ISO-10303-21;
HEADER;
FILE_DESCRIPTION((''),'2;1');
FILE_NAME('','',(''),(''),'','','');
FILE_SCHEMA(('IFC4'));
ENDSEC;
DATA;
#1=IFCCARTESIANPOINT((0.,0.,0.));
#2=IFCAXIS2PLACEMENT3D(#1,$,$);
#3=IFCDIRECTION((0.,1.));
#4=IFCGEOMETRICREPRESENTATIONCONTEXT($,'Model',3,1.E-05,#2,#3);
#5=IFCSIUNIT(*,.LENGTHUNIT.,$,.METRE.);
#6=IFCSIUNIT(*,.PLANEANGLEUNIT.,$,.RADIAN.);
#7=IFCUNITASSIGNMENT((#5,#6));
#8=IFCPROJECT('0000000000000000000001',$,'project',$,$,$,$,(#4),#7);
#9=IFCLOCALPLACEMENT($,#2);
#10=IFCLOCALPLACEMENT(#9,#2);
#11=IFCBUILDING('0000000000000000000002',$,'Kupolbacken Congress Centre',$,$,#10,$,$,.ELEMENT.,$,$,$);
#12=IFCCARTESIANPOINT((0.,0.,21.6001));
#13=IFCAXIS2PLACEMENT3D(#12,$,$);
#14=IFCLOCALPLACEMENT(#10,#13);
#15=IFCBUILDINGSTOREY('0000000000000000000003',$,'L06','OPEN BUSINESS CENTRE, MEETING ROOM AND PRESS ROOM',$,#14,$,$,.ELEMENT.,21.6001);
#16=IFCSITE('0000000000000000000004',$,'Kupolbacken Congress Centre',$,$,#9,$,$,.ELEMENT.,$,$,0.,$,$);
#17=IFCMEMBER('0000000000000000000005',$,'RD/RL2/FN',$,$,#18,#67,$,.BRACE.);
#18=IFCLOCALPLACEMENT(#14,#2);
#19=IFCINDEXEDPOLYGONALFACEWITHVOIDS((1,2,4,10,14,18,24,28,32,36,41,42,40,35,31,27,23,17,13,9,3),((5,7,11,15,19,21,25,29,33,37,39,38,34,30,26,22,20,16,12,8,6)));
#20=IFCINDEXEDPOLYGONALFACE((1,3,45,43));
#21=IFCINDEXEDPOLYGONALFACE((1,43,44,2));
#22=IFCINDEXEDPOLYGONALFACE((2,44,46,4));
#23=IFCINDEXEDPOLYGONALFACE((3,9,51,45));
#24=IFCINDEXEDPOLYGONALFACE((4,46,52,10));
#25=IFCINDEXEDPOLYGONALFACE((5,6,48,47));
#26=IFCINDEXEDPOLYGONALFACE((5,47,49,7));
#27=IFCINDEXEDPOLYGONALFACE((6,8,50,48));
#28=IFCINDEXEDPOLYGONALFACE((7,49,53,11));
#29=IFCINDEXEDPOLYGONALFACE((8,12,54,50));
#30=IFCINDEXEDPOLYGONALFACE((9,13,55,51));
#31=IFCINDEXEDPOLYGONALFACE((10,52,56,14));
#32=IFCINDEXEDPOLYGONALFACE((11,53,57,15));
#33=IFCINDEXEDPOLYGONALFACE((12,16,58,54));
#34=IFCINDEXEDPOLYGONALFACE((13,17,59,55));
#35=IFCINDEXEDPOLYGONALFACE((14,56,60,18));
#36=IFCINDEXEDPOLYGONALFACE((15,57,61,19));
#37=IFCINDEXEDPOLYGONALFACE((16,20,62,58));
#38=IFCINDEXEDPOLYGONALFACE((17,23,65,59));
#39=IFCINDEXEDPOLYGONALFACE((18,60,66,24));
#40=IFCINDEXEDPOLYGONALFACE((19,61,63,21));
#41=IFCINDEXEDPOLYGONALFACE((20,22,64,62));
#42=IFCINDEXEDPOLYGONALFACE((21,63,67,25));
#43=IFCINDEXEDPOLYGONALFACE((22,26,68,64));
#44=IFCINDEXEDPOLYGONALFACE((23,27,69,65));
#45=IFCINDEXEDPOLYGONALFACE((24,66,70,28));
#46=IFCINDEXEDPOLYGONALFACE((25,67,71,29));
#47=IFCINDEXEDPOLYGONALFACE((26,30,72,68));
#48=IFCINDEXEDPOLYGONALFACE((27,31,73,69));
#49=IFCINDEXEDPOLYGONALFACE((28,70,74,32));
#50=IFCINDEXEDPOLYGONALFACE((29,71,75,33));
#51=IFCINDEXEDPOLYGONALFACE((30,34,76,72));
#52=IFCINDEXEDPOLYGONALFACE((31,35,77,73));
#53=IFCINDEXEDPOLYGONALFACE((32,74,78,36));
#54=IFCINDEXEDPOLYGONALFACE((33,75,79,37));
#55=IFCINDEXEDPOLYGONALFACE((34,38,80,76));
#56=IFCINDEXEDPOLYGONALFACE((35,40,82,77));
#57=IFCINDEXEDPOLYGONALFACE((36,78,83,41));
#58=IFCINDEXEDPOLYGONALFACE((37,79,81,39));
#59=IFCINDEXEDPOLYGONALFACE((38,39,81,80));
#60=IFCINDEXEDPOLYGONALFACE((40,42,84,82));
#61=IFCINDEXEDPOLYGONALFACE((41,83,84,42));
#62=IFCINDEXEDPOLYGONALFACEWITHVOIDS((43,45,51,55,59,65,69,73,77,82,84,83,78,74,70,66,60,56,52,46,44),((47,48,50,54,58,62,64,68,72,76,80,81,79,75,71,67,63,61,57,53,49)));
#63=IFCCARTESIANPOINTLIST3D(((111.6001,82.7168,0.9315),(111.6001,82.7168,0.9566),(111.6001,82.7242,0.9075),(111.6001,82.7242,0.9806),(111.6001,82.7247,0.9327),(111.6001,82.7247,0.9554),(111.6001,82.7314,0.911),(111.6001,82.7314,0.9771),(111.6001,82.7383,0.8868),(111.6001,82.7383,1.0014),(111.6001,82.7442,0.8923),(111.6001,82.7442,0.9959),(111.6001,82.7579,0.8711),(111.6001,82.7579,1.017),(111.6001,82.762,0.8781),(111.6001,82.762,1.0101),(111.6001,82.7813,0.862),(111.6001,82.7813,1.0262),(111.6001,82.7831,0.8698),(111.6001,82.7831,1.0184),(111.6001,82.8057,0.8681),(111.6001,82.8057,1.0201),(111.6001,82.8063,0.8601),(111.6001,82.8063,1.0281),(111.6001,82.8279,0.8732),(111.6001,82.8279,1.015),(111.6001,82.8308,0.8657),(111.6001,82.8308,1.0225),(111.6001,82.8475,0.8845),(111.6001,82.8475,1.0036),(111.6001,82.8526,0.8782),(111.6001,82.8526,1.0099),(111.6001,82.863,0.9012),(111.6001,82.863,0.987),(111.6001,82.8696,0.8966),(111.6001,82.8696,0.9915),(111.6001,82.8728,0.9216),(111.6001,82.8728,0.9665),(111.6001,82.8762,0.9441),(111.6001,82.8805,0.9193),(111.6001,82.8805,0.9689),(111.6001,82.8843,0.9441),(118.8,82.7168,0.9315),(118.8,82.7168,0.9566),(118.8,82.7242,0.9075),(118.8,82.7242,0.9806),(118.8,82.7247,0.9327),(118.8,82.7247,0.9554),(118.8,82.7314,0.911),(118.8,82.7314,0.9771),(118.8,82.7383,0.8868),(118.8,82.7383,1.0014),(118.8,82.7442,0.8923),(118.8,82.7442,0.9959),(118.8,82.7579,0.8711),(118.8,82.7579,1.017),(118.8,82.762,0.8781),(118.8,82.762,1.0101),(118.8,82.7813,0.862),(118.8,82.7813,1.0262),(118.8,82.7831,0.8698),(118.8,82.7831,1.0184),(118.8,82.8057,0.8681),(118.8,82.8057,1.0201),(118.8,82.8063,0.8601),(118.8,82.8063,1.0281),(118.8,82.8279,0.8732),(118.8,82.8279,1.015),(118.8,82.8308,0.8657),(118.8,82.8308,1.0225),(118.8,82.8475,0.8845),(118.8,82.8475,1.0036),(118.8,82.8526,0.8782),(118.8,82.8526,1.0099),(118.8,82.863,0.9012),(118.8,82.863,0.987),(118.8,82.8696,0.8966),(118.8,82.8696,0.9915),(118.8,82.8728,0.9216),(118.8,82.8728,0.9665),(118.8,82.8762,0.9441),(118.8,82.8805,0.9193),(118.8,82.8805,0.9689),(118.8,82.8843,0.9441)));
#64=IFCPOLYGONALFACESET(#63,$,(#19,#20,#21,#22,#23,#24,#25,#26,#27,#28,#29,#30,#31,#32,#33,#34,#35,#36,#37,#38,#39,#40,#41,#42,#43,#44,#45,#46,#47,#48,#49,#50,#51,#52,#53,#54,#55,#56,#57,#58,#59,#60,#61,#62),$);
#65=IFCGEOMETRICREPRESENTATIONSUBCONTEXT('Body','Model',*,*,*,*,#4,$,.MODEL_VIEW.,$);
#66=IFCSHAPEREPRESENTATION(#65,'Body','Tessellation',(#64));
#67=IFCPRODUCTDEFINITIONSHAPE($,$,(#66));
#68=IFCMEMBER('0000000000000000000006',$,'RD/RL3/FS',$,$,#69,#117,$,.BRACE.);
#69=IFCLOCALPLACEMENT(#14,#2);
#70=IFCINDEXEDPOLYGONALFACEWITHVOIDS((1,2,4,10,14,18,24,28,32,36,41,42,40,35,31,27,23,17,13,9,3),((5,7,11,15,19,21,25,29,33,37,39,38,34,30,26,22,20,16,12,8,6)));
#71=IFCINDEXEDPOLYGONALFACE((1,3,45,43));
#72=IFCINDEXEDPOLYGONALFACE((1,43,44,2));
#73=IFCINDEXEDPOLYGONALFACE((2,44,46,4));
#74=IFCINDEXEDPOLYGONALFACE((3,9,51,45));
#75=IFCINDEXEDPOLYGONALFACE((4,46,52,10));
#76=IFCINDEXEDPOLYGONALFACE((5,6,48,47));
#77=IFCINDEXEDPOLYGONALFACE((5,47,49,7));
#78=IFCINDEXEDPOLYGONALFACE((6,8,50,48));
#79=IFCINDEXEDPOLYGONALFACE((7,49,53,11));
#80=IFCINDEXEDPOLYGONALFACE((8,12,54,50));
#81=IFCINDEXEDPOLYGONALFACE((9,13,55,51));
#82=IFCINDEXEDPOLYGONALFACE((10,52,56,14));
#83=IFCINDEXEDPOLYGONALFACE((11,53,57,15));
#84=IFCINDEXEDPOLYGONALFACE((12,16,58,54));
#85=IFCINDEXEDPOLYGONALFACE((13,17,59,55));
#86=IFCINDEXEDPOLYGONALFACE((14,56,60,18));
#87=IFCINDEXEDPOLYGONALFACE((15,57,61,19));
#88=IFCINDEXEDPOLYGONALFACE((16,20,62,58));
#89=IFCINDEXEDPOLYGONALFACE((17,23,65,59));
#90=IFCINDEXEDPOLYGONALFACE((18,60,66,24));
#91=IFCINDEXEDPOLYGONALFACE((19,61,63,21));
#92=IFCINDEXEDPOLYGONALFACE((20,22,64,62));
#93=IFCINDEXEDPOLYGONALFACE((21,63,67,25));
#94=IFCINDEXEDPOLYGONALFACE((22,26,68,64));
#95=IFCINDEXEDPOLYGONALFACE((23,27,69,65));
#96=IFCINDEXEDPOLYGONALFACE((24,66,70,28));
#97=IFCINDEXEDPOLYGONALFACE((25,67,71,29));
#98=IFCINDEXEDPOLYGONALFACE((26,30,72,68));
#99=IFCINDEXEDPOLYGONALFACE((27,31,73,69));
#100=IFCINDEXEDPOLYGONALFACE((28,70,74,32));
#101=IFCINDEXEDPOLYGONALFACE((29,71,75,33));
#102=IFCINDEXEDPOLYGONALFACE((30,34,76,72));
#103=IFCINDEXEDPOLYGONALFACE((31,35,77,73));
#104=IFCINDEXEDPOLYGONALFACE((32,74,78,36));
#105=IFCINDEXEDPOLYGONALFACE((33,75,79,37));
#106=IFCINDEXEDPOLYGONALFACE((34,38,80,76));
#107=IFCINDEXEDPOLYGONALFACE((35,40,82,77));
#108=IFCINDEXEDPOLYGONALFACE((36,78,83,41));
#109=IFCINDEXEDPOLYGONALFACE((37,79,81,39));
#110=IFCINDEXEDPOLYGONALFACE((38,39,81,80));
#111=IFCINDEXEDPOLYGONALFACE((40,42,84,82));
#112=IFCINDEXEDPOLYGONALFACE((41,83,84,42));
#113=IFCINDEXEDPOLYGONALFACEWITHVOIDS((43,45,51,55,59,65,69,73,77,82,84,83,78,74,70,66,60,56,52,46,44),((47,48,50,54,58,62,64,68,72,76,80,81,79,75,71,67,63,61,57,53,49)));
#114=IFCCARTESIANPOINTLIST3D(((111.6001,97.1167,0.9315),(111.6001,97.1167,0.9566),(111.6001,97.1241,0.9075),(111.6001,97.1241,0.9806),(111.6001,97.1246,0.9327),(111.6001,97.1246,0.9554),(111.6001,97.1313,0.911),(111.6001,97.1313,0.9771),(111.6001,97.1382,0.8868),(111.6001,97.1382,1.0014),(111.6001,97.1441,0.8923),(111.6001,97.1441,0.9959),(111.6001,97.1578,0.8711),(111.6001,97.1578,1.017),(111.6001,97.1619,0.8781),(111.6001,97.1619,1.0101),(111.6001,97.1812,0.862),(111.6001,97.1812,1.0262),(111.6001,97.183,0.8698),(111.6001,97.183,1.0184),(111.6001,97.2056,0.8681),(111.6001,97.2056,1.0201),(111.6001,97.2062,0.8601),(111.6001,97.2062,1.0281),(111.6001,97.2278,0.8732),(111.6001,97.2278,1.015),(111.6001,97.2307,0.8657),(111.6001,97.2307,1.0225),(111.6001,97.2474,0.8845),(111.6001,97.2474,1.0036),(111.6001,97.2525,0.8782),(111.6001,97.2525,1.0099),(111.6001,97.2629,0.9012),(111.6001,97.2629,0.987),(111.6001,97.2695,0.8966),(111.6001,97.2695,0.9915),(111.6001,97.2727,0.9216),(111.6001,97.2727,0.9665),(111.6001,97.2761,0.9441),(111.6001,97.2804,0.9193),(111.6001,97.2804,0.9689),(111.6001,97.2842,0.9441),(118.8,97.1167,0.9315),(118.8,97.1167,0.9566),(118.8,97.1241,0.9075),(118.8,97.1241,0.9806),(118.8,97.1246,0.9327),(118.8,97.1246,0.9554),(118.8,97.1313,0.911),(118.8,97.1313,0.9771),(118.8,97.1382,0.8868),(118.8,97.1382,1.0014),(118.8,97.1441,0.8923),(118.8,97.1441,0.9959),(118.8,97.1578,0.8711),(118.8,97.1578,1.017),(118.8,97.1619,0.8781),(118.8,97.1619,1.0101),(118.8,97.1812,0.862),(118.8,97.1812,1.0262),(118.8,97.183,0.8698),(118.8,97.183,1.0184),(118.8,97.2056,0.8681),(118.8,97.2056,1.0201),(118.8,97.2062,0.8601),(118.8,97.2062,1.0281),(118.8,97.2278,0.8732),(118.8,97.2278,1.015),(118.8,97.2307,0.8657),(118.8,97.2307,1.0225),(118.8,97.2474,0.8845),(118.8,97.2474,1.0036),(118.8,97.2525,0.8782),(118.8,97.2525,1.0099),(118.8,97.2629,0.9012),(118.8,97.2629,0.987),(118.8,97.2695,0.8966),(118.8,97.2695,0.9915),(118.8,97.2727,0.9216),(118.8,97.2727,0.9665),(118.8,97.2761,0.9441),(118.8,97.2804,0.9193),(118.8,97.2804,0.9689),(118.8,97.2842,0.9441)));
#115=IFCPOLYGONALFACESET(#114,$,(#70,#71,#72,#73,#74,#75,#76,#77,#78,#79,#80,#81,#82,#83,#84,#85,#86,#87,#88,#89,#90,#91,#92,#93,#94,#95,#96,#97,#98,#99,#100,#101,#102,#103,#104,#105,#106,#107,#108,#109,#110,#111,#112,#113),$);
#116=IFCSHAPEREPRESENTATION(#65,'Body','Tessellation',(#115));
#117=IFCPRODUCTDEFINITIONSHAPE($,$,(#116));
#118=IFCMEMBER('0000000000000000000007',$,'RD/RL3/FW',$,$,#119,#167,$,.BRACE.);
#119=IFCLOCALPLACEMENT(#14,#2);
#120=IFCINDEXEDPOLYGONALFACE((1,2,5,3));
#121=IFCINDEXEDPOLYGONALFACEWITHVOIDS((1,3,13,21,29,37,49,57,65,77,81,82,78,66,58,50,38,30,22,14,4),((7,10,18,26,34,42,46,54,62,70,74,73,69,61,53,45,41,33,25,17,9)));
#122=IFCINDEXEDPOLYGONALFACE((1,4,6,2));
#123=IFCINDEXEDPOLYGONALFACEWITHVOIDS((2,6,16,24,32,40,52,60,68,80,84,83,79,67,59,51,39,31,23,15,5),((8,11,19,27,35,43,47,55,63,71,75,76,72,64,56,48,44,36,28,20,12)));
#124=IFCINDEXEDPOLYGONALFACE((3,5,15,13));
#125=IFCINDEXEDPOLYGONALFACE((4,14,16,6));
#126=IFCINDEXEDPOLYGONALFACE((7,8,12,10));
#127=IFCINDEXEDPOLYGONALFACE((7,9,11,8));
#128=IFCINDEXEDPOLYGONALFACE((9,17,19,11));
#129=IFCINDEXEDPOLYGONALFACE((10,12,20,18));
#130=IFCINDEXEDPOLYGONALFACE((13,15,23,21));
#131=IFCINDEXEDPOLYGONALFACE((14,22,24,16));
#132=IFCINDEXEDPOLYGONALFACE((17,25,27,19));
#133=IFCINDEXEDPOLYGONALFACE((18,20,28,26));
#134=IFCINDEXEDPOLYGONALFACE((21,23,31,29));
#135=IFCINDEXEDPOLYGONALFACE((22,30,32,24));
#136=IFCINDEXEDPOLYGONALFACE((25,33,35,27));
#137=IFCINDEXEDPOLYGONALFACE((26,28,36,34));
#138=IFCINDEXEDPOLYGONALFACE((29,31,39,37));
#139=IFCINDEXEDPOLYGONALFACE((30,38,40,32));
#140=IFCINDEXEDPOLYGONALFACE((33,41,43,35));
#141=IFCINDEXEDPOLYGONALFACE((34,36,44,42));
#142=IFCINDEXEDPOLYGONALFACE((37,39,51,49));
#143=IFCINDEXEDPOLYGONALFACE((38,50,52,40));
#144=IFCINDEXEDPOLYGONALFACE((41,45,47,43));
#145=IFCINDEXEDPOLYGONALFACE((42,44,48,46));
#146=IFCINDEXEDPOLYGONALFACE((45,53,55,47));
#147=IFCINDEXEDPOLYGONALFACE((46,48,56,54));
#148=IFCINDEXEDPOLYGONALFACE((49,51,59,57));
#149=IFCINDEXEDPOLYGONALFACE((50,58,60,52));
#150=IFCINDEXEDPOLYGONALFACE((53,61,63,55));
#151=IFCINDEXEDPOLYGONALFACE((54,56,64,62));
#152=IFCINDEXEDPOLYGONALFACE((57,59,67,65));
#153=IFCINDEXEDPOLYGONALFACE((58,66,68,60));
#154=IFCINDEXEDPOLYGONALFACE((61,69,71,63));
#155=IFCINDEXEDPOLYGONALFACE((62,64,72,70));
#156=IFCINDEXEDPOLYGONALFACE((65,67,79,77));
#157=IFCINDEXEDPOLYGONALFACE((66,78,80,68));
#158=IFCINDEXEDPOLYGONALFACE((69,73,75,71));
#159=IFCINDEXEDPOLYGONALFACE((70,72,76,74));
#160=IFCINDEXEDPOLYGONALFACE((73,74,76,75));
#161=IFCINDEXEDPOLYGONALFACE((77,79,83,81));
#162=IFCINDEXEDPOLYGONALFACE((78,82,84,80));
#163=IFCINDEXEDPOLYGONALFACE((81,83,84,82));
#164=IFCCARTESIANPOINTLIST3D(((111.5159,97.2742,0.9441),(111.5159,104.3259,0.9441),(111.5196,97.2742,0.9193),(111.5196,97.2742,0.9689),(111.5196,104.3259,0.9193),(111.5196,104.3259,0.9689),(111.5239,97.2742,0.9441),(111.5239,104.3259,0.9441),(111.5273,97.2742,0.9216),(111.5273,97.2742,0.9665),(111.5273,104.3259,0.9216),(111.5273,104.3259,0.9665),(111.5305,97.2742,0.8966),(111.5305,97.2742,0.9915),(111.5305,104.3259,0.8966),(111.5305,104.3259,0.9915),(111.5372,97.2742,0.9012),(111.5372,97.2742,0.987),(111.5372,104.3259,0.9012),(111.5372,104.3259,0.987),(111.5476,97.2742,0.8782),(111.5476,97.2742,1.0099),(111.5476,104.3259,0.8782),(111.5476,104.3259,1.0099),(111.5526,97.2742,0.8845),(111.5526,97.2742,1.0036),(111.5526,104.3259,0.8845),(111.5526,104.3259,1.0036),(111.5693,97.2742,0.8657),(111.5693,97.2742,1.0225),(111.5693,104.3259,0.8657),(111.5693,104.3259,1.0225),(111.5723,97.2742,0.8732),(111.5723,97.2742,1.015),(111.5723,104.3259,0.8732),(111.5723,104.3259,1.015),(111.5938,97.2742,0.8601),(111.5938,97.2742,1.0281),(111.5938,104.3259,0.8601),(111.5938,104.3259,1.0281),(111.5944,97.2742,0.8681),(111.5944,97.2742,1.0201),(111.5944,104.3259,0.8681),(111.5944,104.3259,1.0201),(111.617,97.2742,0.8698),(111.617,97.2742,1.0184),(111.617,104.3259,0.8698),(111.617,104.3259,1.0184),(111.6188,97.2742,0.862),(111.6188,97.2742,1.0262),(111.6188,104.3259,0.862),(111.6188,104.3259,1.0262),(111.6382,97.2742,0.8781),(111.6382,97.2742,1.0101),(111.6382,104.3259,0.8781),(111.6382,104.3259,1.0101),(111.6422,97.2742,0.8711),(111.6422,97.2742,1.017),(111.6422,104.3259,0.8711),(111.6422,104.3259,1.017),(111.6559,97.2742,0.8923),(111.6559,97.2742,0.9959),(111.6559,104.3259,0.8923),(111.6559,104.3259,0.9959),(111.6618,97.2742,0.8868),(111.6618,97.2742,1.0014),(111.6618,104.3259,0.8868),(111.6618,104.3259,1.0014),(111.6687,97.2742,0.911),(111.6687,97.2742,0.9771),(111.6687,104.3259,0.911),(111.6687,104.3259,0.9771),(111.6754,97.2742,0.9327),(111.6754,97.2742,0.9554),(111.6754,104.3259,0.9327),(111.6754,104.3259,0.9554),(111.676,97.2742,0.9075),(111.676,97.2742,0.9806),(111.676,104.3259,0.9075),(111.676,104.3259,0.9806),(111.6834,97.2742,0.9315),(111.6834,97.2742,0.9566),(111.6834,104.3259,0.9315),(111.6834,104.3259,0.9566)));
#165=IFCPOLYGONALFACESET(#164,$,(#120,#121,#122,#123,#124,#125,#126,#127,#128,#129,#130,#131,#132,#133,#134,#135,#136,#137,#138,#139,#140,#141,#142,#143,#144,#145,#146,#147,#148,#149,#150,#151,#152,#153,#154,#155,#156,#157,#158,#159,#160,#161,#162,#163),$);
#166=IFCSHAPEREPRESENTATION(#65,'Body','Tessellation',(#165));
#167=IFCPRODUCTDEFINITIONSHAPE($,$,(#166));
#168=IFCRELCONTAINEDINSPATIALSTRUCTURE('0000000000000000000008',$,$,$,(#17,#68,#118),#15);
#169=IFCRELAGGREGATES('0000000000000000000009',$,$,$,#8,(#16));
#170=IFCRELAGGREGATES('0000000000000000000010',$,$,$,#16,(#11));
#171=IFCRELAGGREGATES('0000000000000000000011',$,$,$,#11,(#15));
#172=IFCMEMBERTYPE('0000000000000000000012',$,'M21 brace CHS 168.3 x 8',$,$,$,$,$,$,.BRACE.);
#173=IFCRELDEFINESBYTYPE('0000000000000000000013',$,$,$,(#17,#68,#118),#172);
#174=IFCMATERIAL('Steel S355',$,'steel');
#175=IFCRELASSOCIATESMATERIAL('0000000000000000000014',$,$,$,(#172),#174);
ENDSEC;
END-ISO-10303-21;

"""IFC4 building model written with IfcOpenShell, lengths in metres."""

from ifc_helpers import new_model, si_unit, direction, frame, origin, origin_2d, place, context, subcontext, project, spatial, hollow_circle, extrude, material, material_profile, profile_set, type_object, element, save


model = new_model("IFC4")

# Units and contexts
model_context = context("Model", 3, precision=1e-05, world=origin(), true_north=direction((0.0, 1.0)))
body_context = subcontext(model_context, "Body", "Model", "MODEL_VIEW")
ifc_project = project(units=[si_unit("LENGTHUNIT", "METRE"), si_unit("PLANEANGLEUNIT", "RADIAN")], contexts=[model_context])

# Site, building, storey
site_placement = place(None, origin())
site = spatial("IfcSite", under=ifc_project, at=site_placement, Name="Kupolbacken Congress Centre", CompositionType="ELEMENT", RefElevation=0.0)
building_placement = place(site_placement, origin())
building = spatial("IfcBuilding", under=site, at=building_placement, Name="Kupolbacken Congress Centre", CompositionType="ELEMENT")
storey_placement = place(building_placement, frame((0.0, 0.0, 21.6001)))
storey = spatial("IfcBuildingStorey", under=building, at=storey_placement, Name="L06", Description="OPEN BUSINESS CENTRE, MEETING ROOM AND PRESS ROOM", CompositionType="ELEMENT", Elevation=21.6001)

# Members
ifc_material_1 = material(Name="Steel S355", Category="steel")
ifc_material_profile_1 = material_profile(ifc_material_1, hollow_circle(Radius=0.0842, WallThickness=0.0081, at=origin_2d()), Name="CHS 168.3 x 8")
ifc_profile_set_1 = profile_set([ifc_material_profile_1], Name="Steel S355")
member_type = type_object("IfcMemberType", Name="M21 brace CHS 168.3 x 8", PredefinedType="BRACE", material=ifc_profile_set_1)
for number, where, z_axis, x_axis, name in (
    (1, (111.6001, 82.8, 0.9441), (1.0, 0.0, 0.0), (0.0, 1.0, 0.0), "RD/RL2/FN"),
    (2, (111.6001, 97.2, 0.9441), (1.0, 0.0, 0.0), (0.0, 1.0, 0.0), "RD/RL3/FS"),
):
    element("IfcMember", number, at=place(storey_placement, frame(where, z_axis=z_axis, x_axis=x_axis)), inside=storey, type_object=member_type, Name=name, PredefinedType="BRACE", context=body_context, shape_type="SweptSolid", body=[
        extrude(hollow_circle(Radius=0.0842, WallThickness=0.0081, at=origin_2d()), origin(), (0.0, 0.0, 1.0), 7.2),
    ])
for number, where, z_axis, x_axis, name in (
    (3, (111.6001, 97.2742, 0.9441), (0.0, 1.0, 0.0), (-1.0, 0.0, 0.0), "RD/RL3/FW"),
):
    element("IfcMember", number, at=place(storey_placement, frame(where, z_axis=z_axis, x_axis=x_axis)), inside=storey, type_object=member_type, Name=name, PredefinedType="BRACE", context=body_context, shape_type="SweptSolid", body=[
        extrude(hollow_circle(Radius=0.0842, WallThickness=0.0081, at=origin_2d()), origin(), (0.0, 0.0, 1.0), 7.0518),
    ])

save(model, "model.ifc")
